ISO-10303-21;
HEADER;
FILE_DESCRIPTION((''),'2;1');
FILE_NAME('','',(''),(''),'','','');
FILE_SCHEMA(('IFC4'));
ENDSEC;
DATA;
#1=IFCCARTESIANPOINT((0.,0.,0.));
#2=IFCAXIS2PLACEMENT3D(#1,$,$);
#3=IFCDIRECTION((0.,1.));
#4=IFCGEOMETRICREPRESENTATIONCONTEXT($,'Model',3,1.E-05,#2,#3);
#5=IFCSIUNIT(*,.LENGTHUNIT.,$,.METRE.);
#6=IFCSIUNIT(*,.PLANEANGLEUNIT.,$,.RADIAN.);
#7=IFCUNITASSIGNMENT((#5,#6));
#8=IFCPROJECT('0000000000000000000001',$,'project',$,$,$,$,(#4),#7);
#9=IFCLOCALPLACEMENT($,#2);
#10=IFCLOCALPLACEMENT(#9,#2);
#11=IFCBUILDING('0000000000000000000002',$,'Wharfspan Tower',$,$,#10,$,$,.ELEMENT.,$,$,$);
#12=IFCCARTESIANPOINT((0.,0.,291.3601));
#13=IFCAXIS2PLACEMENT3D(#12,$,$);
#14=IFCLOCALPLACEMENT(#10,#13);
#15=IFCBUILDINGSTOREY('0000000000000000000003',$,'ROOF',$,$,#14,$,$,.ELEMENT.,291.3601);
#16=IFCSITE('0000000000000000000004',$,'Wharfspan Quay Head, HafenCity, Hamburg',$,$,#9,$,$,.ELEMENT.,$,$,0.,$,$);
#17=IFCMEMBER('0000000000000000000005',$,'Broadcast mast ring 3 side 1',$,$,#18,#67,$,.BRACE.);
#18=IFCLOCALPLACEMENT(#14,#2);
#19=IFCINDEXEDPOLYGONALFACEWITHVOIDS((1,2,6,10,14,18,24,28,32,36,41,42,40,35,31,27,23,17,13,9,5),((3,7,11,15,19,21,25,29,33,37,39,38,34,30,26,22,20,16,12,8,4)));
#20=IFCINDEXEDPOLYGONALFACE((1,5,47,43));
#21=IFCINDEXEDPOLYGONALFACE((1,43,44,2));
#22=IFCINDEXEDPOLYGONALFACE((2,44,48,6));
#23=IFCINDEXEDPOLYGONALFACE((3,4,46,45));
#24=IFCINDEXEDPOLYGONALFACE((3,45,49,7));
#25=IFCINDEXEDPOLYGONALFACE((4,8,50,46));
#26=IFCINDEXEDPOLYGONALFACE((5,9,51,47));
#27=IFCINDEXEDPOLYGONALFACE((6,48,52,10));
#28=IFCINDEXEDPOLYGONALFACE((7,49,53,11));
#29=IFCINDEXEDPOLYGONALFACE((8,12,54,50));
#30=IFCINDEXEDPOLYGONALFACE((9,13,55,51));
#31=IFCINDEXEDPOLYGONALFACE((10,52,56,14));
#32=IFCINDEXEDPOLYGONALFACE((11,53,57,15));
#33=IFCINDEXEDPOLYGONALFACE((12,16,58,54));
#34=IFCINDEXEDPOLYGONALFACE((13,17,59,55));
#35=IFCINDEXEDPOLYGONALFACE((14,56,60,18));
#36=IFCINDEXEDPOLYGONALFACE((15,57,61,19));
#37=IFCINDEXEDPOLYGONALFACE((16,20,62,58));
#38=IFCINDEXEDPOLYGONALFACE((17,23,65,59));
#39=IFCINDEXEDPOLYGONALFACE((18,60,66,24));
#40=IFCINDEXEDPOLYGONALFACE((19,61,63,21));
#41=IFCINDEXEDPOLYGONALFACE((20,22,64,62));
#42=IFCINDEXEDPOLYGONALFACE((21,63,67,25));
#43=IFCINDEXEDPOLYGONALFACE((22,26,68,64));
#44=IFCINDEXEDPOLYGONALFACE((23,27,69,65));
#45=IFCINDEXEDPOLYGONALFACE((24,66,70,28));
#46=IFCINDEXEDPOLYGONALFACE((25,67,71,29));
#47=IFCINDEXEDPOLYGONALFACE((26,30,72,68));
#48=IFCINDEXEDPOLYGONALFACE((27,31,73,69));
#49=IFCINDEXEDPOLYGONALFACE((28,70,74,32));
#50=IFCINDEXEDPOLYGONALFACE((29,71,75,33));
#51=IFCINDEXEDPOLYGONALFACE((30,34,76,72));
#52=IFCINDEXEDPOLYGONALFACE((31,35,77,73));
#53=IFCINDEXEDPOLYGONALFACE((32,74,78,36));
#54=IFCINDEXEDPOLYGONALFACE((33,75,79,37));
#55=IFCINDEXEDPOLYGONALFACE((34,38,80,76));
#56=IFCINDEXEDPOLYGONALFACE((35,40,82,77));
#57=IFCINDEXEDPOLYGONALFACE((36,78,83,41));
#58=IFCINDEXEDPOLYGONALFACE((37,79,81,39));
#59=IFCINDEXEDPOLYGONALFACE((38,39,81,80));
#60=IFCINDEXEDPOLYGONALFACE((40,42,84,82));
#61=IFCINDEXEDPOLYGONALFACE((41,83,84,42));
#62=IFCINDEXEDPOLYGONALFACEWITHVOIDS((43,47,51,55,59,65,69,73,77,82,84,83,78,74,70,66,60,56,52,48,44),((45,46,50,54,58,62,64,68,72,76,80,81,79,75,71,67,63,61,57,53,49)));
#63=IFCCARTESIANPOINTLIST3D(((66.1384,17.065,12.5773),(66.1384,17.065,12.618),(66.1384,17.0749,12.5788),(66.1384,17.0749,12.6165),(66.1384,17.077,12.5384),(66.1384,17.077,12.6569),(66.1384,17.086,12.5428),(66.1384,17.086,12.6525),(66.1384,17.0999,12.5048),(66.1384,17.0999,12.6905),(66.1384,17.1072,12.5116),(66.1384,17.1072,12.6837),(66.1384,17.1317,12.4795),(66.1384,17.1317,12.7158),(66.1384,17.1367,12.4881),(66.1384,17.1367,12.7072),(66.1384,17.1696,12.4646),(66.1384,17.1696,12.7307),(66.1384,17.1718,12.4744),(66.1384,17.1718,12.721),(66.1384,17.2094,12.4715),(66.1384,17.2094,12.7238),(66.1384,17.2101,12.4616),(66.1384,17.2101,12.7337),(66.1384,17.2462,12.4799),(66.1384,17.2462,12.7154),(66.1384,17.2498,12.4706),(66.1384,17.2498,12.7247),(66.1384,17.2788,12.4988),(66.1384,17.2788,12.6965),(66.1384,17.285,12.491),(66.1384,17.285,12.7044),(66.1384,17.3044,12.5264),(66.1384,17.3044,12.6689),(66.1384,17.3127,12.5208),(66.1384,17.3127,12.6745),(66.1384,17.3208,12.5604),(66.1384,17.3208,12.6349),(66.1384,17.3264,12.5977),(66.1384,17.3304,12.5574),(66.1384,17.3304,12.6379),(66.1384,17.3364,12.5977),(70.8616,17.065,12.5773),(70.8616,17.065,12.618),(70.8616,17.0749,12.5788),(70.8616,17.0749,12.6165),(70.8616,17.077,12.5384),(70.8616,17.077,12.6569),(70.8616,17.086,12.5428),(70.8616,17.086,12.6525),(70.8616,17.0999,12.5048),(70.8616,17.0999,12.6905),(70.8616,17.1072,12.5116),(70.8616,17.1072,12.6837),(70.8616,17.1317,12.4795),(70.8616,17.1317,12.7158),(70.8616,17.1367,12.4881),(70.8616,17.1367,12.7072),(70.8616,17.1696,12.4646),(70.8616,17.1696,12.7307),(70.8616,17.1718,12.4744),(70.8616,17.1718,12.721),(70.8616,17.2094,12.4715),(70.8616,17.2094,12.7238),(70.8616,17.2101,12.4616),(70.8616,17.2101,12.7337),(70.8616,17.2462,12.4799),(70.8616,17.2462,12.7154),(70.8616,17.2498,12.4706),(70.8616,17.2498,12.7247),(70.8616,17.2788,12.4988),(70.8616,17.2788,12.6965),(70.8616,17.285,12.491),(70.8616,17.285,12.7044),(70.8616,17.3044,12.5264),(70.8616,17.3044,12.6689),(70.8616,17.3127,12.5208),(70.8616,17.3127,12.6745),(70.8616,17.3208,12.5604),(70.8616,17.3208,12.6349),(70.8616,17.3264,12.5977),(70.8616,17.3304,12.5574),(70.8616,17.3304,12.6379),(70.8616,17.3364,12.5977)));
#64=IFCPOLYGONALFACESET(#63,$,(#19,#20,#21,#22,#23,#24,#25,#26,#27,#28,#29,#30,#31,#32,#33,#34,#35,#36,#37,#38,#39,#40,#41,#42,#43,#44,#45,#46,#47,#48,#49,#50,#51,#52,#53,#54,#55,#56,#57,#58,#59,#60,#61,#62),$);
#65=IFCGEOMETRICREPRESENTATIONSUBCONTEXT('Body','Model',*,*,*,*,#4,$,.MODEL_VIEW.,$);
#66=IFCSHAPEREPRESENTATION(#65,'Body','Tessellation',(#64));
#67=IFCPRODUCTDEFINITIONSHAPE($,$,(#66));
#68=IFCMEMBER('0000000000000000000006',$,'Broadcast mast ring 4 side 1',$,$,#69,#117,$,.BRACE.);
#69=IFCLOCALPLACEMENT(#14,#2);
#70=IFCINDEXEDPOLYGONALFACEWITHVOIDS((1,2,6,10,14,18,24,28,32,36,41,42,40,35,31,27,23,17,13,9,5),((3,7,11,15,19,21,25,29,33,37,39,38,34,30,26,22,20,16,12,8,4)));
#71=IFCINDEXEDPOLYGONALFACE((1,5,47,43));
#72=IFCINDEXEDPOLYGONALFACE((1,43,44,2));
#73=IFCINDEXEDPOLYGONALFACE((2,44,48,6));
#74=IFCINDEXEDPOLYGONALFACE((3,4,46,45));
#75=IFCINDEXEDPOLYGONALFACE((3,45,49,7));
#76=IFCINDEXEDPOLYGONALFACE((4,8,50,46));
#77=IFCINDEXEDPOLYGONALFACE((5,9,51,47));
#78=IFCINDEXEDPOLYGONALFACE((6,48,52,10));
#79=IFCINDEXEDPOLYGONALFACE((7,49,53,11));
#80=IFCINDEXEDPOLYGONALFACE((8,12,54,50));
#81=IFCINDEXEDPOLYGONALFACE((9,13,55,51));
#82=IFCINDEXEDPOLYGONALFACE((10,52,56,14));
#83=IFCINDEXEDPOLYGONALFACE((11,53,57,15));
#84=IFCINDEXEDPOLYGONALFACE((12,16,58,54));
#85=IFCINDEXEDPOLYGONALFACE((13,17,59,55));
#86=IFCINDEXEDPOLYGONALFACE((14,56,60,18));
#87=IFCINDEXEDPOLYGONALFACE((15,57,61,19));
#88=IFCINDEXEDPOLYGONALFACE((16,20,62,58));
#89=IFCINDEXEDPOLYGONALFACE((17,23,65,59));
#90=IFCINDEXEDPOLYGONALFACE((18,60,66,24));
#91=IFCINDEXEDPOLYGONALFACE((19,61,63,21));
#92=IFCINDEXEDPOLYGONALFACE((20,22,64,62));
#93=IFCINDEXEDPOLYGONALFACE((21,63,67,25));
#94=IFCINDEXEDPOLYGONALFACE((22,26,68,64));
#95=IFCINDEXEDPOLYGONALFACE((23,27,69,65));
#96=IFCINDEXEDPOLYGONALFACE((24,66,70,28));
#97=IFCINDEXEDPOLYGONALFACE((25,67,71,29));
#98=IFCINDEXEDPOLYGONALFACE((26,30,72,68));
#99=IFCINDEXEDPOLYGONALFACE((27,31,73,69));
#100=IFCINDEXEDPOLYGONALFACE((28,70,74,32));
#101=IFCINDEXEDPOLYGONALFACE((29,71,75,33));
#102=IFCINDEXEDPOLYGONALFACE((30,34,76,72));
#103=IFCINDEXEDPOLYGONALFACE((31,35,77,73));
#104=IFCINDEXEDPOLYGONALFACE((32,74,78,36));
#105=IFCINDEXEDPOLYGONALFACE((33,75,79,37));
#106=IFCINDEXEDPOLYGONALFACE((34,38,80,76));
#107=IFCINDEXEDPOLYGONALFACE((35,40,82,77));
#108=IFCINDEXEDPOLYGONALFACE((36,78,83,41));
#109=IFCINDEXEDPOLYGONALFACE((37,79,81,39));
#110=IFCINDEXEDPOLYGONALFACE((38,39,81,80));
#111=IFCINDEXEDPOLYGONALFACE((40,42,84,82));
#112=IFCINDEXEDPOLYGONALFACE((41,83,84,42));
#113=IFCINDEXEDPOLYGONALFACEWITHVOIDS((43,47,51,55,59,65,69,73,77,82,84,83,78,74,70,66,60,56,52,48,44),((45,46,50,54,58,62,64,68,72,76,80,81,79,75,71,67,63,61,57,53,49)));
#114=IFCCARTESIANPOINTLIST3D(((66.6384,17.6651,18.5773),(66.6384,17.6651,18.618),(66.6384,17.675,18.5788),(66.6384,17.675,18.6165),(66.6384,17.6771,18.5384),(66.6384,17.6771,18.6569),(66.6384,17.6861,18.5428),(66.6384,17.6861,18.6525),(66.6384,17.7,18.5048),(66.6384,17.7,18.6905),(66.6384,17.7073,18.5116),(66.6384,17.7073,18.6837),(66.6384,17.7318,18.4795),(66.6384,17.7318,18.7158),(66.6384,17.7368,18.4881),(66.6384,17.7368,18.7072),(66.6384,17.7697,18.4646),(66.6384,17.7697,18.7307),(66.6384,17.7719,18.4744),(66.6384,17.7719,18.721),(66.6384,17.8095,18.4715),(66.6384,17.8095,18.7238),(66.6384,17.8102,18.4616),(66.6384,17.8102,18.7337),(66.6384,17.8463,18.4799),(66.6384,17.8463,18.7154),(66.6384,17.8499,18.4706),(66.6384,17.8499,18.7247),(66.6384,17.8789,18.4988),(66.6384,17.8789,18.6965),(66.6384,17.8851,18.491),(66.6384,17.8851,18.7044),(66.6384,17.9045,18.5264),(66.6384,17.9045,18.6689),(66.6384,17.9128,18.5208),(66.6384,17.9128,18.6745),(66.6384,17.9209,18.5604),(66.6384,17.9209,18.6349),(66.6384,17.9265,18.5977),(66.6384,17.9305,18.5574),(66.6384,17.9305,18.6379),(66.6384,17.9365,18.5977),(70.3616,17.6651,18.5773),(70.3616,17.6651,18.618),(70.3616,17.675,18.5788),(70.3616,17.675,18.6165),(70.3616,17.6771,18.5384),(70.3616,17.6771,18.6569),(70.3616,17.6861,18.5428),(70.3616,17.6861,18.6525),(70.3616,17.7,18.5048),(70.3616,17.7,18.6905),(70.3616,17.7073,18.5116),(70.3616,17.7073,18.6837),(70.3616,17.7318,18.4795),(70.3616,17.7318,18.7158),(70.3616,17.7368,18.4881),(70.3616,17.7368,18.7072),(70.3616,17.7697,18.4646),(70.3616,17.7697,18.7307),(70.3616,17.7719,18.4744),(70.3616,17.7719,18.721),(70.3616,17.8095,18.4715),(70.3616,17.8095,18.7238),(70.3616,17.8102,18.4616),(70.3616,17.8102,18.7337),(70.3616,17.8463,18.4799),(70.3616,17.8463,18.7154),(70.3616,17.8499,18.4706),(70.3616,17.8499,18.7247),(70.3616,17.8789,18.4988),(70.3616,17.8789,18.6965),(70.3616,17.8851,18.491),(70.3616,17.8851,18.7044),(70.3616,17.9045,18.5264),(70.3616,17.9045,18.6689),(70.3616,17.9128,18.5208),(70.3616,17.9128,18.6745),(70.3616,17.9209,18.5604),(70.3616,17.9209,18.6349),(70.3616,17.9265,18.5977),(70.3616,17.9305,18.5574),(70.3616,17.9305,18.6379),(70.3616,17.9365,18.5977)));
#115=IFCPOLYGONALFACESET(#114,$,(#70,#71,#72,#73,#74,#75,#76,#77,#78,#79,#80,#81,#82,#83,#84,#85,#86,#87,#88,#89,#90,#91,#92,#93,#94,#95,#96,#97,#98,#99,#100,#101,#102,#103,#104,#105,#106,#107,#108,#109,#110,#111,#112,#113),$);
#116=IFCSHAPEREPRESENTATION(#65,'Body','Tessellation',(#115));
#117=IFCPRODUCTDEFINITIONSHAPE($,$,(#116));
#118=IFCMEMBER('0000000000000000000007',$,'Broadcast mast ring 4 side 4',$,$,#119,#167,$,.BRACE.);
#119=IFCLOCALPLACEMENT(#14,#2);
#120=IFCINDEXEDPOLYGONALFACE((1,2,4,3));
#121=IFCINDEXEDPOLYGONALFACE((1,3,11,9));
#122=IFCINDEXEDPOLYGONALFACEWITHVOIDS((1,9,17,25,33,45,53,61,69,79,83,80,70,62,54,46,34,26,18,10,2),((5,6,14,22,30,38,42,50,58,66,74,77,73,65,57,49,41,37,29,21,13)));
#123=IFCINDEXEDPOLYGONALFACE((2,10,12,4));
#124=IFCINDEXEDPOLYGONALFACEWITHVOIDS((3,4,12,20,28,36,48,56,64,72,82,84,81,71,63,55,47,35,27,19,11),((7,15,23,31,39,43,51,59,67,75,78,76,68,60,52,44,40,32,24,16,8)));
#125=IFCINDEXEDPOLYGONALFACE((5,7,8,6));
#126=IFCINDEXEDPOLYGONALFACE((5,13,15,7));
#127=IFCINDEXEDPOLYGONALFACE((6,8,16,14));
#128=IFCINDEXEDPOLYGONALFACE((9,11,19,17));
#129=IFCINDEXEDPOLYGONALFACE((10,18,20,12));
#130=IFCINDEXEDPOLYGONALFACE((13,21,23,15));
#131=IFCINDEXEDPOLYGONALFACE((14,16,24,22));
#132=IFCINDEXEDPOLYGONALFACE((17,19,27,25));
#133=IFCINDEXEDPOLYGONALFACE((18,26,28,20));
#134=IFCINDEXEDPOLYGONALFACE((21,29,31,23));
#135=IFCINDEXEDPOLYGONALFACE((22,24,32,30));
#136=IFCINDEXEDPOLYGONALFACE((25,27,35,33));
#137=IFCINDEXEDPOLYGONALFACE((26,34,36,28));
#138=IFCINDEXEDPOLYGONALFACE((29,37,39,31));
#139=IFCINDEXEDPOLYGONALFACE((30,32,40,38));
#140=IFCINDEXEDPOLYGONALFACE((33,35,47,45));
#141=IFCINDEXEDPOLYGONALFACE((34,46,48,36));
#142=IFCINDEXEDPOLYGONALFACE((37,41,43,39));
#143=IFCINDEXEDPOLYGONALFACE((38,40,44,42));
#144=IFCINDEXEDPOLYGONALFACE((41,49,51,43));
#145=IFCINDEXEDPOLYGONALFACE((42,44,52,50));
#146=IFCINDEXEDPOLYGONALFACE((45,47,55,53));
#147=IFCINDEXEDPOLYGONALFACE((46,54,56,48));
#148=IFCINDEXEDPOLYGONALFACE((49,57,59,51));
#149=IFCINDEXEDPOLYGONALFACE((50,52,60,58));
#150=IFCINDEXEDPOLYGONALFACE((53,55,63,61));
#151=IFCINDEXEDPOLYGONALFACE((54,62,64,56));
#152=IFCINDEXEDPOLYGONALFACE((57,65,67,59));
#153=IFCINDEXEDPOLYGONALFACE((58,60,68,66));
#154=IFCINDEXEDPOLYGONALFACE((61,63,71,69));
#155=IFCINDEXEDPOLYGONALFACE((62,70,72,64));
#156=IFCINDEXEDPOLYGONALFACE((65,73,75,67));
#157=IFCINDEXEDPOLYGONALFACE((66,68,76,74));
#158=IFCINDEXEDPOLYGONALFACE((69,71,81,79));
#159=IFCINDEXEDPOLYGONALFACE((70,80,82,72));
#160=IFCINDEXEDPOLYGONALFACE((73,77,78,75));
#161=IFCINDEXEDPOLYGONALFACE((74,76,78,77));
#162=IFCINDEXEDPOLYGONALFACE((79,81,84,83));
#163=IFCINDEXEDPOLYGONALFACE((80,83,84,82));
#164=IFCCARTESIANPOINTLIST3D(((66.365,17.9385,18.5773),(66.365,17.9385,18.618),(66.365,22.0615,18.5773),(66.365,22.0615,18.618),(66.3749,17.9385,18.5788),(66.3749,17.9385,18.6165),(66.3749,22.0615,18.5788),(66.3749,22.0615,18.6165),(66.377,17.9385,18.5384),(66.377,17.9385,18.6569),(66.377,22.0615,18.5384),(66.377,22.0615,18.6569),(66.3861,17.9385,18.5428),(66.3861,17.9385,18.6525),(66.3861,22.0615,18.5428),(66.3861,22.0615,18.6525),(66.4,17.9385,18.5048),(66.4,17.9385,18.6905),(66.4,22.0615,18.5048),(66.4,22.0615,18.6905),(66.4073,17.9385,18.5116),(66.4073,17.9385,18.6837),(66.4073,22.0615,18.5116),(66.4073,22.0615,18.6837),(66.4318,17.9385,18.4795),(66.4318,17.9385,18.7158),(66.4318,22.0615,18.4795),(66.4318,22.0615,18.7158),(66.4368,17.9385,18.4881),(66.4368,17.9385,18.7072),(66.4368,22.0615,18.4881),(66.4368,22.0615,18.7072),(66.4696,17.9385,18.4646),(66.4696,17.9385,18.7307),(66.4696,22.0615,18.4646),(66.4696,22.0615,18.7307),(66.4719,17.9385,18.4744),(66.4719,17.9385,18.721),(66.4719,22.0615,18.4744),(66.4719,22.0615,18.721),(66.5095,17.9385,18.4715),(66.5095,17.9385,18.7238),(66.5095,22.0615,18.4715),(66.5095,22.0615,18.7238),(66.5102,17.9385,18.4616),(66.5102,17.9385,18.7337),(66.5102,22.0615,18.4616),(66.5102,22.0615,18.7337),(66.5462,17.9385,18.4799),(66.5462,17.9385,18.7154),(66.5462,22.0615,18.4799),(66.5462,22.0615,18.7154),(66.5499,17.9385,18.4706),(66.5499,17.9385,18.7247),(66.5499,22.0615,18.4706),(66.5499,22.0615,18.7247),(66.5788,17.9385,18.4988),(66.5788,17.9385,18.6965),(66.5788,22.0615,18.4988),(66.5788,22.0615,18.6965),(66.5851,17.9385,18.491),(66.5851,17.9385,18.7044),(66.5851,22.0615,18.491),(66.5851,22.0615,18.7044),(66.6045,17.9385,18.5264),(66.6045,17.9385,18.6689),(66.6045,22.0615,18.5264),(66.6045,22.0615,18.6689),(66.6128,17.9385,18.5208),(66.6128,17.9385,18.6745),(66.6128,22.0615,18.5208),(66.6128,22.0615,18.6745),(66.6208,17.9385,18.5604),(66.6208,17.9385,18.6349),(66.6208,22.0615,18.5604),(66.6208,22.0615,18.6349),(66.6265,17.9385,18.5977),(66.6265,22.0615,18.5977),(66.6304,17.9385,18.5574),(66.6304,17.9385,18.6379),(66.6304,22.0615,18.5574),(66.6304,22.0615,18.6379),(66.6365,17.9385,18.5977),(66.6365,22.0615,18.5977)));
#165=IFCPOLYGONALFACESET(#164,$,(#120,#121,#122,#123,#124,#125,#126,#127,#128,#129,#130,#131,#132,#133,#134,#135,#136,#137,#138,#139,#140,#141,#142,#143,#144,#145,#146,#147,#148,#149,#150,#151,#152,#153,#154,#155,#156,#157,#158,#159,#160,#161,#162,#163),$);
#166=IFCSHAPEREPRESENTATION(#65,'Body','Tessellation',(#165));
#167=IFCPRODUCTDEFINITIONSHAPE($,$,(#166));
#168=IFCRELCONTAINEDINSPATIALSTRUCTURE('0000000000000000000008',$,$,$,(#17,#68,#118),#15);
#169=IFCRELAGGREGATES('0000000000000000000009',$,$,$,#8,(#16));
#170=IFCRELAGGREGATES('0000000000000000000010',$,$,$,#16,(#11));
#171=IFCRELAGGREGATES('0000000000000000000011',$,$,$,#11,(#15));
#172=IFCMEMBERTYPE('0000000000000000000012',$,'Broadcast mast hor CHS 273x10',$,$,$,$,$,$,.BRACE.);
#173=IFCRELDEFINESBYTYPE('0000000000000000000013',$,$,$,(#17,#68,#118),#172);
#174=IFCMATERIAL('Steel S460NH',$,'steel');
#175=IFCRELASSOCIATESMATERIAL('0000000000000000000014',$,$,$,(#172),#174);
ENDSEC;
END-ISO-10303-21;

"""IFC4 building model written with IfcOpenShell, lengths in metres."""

from ifc_helpers import new_model, si_unit, direction, frame, origin, origin_2d, place, context, subcontext, project, spatial, hollow_circle, extrude, material, material_profile, profile_set, type_object, element, save


model = new_model("IFC4")

# Units and contexts
model_context = context("Model", 3, precision=1e-05, world=origin(), true_north=direction((0.0, 1.0)))
body_context = subcontext(model_context, "Body", "Model", "MODEL_VIEW")
ifc_project = project(units=[si_unit("LENGTHUNIT", "METRE"), si_unit("PLANEANGLEUNIT", "RADIAN")], contexts=[model_context])

# Site, building, storey
site_placement = place(None, origin())
site = spatial("IfcSite", under=ifc_project, at=site_placement, Name="Wharfspan Quay Head, HafenCity, Hamburg", CompositionType="ELEMENT", RefElevation=0.0)
building_placement = place(site_placement, origin())
building = spatial("IfcBuilding", under=site, at=building_placement, Name="Wharfspan Tower", CompositionType="ELEMENT")
storey_placement = place(building_placement, frame((0.0, 0.0, 291.3601)))
storey = spatial("IfcBuildingStorey", under=building, at=storey_placement, Name="ROOF", CompositionType="ELEMENT", Elevation=291.3601)

# Members
ifc_material = material(Name="Steel S460NH", Category="steel")
ifc_material_profile_1 = material_profile(ifc_material, hollow_circle(Radius=0.1365, WallThickness=0.01, at=origin_2d()))
ifc_profile_set_1 = profile_set([ifc_material_profile_1], Name="Steel S460NH")
member_type_1 = type_object("IfcMemberType", Name="Broadcast mast hor CHS 273x10", PredefinedType="BRACE", material=ifc_profile_set_1)
member_1_placement = place(storey_placement, frame((66.1384, 17.2, 12.5977), z_axis=(1.0, 0.0, 0.0), x_axis=(0.0, 1.0, 0.0)))
element("IfcMember", 1, at=member_1_placement, inside=storey, type_object=member_type_1, Name="Broadcast mast ring 3 side 1", PredefinedType="BRACE", context=body_context, shape_type="SweptSolid", body=[
    extrude(hollow_circle(Radius=0.1365, WallThickness=0.01, at=origin_2d()), origin(), (0.0, 0.0, 1.0), 4.7231),
])
member_2_placement = place(storey_placement, frame((66.6384, 17.8, 18.5977), z_axis=(1.0, 0.0, 0.0), x_axis=(0.0, 1.0, 0.0)))
element("IfcMember", 2, at=member_2_placement, inside=storey, type_object=member_type_1, Name="Broadcast mast ring 4 side 1", PredefinedType="BRACE", context=body_context, shape_type="SweptSolid", body=[
    extrude(hollow_circle(Radius=0.1365, WallThickness=0.01, at=origin_2d()), origin(), (0.0, 0.0, 1.0), 3.7231),
])
member_3_placement = place(storey_placement, frame((66.5, 22.0615, 18.5977), z_axis=(0.0, -1.0, 0.0), x_axis=(1.0, 0.0, 0.0)))
element("IfcMember", 3, at=member_3_placement, inside=storey, type_object=member_type_1, Name="Broadcast mast ring 4 side 4", PredefinedType="BRACE", context=body_context, shape_type="SweptSolid", body=[
    extrude(hollow_circle(Radius=0.1365, WallThickness=0.01, at=origin_2d()), origin(), (0.0, 0.0, 1.0), 4.123),
])

save(model, "model.ifc")
